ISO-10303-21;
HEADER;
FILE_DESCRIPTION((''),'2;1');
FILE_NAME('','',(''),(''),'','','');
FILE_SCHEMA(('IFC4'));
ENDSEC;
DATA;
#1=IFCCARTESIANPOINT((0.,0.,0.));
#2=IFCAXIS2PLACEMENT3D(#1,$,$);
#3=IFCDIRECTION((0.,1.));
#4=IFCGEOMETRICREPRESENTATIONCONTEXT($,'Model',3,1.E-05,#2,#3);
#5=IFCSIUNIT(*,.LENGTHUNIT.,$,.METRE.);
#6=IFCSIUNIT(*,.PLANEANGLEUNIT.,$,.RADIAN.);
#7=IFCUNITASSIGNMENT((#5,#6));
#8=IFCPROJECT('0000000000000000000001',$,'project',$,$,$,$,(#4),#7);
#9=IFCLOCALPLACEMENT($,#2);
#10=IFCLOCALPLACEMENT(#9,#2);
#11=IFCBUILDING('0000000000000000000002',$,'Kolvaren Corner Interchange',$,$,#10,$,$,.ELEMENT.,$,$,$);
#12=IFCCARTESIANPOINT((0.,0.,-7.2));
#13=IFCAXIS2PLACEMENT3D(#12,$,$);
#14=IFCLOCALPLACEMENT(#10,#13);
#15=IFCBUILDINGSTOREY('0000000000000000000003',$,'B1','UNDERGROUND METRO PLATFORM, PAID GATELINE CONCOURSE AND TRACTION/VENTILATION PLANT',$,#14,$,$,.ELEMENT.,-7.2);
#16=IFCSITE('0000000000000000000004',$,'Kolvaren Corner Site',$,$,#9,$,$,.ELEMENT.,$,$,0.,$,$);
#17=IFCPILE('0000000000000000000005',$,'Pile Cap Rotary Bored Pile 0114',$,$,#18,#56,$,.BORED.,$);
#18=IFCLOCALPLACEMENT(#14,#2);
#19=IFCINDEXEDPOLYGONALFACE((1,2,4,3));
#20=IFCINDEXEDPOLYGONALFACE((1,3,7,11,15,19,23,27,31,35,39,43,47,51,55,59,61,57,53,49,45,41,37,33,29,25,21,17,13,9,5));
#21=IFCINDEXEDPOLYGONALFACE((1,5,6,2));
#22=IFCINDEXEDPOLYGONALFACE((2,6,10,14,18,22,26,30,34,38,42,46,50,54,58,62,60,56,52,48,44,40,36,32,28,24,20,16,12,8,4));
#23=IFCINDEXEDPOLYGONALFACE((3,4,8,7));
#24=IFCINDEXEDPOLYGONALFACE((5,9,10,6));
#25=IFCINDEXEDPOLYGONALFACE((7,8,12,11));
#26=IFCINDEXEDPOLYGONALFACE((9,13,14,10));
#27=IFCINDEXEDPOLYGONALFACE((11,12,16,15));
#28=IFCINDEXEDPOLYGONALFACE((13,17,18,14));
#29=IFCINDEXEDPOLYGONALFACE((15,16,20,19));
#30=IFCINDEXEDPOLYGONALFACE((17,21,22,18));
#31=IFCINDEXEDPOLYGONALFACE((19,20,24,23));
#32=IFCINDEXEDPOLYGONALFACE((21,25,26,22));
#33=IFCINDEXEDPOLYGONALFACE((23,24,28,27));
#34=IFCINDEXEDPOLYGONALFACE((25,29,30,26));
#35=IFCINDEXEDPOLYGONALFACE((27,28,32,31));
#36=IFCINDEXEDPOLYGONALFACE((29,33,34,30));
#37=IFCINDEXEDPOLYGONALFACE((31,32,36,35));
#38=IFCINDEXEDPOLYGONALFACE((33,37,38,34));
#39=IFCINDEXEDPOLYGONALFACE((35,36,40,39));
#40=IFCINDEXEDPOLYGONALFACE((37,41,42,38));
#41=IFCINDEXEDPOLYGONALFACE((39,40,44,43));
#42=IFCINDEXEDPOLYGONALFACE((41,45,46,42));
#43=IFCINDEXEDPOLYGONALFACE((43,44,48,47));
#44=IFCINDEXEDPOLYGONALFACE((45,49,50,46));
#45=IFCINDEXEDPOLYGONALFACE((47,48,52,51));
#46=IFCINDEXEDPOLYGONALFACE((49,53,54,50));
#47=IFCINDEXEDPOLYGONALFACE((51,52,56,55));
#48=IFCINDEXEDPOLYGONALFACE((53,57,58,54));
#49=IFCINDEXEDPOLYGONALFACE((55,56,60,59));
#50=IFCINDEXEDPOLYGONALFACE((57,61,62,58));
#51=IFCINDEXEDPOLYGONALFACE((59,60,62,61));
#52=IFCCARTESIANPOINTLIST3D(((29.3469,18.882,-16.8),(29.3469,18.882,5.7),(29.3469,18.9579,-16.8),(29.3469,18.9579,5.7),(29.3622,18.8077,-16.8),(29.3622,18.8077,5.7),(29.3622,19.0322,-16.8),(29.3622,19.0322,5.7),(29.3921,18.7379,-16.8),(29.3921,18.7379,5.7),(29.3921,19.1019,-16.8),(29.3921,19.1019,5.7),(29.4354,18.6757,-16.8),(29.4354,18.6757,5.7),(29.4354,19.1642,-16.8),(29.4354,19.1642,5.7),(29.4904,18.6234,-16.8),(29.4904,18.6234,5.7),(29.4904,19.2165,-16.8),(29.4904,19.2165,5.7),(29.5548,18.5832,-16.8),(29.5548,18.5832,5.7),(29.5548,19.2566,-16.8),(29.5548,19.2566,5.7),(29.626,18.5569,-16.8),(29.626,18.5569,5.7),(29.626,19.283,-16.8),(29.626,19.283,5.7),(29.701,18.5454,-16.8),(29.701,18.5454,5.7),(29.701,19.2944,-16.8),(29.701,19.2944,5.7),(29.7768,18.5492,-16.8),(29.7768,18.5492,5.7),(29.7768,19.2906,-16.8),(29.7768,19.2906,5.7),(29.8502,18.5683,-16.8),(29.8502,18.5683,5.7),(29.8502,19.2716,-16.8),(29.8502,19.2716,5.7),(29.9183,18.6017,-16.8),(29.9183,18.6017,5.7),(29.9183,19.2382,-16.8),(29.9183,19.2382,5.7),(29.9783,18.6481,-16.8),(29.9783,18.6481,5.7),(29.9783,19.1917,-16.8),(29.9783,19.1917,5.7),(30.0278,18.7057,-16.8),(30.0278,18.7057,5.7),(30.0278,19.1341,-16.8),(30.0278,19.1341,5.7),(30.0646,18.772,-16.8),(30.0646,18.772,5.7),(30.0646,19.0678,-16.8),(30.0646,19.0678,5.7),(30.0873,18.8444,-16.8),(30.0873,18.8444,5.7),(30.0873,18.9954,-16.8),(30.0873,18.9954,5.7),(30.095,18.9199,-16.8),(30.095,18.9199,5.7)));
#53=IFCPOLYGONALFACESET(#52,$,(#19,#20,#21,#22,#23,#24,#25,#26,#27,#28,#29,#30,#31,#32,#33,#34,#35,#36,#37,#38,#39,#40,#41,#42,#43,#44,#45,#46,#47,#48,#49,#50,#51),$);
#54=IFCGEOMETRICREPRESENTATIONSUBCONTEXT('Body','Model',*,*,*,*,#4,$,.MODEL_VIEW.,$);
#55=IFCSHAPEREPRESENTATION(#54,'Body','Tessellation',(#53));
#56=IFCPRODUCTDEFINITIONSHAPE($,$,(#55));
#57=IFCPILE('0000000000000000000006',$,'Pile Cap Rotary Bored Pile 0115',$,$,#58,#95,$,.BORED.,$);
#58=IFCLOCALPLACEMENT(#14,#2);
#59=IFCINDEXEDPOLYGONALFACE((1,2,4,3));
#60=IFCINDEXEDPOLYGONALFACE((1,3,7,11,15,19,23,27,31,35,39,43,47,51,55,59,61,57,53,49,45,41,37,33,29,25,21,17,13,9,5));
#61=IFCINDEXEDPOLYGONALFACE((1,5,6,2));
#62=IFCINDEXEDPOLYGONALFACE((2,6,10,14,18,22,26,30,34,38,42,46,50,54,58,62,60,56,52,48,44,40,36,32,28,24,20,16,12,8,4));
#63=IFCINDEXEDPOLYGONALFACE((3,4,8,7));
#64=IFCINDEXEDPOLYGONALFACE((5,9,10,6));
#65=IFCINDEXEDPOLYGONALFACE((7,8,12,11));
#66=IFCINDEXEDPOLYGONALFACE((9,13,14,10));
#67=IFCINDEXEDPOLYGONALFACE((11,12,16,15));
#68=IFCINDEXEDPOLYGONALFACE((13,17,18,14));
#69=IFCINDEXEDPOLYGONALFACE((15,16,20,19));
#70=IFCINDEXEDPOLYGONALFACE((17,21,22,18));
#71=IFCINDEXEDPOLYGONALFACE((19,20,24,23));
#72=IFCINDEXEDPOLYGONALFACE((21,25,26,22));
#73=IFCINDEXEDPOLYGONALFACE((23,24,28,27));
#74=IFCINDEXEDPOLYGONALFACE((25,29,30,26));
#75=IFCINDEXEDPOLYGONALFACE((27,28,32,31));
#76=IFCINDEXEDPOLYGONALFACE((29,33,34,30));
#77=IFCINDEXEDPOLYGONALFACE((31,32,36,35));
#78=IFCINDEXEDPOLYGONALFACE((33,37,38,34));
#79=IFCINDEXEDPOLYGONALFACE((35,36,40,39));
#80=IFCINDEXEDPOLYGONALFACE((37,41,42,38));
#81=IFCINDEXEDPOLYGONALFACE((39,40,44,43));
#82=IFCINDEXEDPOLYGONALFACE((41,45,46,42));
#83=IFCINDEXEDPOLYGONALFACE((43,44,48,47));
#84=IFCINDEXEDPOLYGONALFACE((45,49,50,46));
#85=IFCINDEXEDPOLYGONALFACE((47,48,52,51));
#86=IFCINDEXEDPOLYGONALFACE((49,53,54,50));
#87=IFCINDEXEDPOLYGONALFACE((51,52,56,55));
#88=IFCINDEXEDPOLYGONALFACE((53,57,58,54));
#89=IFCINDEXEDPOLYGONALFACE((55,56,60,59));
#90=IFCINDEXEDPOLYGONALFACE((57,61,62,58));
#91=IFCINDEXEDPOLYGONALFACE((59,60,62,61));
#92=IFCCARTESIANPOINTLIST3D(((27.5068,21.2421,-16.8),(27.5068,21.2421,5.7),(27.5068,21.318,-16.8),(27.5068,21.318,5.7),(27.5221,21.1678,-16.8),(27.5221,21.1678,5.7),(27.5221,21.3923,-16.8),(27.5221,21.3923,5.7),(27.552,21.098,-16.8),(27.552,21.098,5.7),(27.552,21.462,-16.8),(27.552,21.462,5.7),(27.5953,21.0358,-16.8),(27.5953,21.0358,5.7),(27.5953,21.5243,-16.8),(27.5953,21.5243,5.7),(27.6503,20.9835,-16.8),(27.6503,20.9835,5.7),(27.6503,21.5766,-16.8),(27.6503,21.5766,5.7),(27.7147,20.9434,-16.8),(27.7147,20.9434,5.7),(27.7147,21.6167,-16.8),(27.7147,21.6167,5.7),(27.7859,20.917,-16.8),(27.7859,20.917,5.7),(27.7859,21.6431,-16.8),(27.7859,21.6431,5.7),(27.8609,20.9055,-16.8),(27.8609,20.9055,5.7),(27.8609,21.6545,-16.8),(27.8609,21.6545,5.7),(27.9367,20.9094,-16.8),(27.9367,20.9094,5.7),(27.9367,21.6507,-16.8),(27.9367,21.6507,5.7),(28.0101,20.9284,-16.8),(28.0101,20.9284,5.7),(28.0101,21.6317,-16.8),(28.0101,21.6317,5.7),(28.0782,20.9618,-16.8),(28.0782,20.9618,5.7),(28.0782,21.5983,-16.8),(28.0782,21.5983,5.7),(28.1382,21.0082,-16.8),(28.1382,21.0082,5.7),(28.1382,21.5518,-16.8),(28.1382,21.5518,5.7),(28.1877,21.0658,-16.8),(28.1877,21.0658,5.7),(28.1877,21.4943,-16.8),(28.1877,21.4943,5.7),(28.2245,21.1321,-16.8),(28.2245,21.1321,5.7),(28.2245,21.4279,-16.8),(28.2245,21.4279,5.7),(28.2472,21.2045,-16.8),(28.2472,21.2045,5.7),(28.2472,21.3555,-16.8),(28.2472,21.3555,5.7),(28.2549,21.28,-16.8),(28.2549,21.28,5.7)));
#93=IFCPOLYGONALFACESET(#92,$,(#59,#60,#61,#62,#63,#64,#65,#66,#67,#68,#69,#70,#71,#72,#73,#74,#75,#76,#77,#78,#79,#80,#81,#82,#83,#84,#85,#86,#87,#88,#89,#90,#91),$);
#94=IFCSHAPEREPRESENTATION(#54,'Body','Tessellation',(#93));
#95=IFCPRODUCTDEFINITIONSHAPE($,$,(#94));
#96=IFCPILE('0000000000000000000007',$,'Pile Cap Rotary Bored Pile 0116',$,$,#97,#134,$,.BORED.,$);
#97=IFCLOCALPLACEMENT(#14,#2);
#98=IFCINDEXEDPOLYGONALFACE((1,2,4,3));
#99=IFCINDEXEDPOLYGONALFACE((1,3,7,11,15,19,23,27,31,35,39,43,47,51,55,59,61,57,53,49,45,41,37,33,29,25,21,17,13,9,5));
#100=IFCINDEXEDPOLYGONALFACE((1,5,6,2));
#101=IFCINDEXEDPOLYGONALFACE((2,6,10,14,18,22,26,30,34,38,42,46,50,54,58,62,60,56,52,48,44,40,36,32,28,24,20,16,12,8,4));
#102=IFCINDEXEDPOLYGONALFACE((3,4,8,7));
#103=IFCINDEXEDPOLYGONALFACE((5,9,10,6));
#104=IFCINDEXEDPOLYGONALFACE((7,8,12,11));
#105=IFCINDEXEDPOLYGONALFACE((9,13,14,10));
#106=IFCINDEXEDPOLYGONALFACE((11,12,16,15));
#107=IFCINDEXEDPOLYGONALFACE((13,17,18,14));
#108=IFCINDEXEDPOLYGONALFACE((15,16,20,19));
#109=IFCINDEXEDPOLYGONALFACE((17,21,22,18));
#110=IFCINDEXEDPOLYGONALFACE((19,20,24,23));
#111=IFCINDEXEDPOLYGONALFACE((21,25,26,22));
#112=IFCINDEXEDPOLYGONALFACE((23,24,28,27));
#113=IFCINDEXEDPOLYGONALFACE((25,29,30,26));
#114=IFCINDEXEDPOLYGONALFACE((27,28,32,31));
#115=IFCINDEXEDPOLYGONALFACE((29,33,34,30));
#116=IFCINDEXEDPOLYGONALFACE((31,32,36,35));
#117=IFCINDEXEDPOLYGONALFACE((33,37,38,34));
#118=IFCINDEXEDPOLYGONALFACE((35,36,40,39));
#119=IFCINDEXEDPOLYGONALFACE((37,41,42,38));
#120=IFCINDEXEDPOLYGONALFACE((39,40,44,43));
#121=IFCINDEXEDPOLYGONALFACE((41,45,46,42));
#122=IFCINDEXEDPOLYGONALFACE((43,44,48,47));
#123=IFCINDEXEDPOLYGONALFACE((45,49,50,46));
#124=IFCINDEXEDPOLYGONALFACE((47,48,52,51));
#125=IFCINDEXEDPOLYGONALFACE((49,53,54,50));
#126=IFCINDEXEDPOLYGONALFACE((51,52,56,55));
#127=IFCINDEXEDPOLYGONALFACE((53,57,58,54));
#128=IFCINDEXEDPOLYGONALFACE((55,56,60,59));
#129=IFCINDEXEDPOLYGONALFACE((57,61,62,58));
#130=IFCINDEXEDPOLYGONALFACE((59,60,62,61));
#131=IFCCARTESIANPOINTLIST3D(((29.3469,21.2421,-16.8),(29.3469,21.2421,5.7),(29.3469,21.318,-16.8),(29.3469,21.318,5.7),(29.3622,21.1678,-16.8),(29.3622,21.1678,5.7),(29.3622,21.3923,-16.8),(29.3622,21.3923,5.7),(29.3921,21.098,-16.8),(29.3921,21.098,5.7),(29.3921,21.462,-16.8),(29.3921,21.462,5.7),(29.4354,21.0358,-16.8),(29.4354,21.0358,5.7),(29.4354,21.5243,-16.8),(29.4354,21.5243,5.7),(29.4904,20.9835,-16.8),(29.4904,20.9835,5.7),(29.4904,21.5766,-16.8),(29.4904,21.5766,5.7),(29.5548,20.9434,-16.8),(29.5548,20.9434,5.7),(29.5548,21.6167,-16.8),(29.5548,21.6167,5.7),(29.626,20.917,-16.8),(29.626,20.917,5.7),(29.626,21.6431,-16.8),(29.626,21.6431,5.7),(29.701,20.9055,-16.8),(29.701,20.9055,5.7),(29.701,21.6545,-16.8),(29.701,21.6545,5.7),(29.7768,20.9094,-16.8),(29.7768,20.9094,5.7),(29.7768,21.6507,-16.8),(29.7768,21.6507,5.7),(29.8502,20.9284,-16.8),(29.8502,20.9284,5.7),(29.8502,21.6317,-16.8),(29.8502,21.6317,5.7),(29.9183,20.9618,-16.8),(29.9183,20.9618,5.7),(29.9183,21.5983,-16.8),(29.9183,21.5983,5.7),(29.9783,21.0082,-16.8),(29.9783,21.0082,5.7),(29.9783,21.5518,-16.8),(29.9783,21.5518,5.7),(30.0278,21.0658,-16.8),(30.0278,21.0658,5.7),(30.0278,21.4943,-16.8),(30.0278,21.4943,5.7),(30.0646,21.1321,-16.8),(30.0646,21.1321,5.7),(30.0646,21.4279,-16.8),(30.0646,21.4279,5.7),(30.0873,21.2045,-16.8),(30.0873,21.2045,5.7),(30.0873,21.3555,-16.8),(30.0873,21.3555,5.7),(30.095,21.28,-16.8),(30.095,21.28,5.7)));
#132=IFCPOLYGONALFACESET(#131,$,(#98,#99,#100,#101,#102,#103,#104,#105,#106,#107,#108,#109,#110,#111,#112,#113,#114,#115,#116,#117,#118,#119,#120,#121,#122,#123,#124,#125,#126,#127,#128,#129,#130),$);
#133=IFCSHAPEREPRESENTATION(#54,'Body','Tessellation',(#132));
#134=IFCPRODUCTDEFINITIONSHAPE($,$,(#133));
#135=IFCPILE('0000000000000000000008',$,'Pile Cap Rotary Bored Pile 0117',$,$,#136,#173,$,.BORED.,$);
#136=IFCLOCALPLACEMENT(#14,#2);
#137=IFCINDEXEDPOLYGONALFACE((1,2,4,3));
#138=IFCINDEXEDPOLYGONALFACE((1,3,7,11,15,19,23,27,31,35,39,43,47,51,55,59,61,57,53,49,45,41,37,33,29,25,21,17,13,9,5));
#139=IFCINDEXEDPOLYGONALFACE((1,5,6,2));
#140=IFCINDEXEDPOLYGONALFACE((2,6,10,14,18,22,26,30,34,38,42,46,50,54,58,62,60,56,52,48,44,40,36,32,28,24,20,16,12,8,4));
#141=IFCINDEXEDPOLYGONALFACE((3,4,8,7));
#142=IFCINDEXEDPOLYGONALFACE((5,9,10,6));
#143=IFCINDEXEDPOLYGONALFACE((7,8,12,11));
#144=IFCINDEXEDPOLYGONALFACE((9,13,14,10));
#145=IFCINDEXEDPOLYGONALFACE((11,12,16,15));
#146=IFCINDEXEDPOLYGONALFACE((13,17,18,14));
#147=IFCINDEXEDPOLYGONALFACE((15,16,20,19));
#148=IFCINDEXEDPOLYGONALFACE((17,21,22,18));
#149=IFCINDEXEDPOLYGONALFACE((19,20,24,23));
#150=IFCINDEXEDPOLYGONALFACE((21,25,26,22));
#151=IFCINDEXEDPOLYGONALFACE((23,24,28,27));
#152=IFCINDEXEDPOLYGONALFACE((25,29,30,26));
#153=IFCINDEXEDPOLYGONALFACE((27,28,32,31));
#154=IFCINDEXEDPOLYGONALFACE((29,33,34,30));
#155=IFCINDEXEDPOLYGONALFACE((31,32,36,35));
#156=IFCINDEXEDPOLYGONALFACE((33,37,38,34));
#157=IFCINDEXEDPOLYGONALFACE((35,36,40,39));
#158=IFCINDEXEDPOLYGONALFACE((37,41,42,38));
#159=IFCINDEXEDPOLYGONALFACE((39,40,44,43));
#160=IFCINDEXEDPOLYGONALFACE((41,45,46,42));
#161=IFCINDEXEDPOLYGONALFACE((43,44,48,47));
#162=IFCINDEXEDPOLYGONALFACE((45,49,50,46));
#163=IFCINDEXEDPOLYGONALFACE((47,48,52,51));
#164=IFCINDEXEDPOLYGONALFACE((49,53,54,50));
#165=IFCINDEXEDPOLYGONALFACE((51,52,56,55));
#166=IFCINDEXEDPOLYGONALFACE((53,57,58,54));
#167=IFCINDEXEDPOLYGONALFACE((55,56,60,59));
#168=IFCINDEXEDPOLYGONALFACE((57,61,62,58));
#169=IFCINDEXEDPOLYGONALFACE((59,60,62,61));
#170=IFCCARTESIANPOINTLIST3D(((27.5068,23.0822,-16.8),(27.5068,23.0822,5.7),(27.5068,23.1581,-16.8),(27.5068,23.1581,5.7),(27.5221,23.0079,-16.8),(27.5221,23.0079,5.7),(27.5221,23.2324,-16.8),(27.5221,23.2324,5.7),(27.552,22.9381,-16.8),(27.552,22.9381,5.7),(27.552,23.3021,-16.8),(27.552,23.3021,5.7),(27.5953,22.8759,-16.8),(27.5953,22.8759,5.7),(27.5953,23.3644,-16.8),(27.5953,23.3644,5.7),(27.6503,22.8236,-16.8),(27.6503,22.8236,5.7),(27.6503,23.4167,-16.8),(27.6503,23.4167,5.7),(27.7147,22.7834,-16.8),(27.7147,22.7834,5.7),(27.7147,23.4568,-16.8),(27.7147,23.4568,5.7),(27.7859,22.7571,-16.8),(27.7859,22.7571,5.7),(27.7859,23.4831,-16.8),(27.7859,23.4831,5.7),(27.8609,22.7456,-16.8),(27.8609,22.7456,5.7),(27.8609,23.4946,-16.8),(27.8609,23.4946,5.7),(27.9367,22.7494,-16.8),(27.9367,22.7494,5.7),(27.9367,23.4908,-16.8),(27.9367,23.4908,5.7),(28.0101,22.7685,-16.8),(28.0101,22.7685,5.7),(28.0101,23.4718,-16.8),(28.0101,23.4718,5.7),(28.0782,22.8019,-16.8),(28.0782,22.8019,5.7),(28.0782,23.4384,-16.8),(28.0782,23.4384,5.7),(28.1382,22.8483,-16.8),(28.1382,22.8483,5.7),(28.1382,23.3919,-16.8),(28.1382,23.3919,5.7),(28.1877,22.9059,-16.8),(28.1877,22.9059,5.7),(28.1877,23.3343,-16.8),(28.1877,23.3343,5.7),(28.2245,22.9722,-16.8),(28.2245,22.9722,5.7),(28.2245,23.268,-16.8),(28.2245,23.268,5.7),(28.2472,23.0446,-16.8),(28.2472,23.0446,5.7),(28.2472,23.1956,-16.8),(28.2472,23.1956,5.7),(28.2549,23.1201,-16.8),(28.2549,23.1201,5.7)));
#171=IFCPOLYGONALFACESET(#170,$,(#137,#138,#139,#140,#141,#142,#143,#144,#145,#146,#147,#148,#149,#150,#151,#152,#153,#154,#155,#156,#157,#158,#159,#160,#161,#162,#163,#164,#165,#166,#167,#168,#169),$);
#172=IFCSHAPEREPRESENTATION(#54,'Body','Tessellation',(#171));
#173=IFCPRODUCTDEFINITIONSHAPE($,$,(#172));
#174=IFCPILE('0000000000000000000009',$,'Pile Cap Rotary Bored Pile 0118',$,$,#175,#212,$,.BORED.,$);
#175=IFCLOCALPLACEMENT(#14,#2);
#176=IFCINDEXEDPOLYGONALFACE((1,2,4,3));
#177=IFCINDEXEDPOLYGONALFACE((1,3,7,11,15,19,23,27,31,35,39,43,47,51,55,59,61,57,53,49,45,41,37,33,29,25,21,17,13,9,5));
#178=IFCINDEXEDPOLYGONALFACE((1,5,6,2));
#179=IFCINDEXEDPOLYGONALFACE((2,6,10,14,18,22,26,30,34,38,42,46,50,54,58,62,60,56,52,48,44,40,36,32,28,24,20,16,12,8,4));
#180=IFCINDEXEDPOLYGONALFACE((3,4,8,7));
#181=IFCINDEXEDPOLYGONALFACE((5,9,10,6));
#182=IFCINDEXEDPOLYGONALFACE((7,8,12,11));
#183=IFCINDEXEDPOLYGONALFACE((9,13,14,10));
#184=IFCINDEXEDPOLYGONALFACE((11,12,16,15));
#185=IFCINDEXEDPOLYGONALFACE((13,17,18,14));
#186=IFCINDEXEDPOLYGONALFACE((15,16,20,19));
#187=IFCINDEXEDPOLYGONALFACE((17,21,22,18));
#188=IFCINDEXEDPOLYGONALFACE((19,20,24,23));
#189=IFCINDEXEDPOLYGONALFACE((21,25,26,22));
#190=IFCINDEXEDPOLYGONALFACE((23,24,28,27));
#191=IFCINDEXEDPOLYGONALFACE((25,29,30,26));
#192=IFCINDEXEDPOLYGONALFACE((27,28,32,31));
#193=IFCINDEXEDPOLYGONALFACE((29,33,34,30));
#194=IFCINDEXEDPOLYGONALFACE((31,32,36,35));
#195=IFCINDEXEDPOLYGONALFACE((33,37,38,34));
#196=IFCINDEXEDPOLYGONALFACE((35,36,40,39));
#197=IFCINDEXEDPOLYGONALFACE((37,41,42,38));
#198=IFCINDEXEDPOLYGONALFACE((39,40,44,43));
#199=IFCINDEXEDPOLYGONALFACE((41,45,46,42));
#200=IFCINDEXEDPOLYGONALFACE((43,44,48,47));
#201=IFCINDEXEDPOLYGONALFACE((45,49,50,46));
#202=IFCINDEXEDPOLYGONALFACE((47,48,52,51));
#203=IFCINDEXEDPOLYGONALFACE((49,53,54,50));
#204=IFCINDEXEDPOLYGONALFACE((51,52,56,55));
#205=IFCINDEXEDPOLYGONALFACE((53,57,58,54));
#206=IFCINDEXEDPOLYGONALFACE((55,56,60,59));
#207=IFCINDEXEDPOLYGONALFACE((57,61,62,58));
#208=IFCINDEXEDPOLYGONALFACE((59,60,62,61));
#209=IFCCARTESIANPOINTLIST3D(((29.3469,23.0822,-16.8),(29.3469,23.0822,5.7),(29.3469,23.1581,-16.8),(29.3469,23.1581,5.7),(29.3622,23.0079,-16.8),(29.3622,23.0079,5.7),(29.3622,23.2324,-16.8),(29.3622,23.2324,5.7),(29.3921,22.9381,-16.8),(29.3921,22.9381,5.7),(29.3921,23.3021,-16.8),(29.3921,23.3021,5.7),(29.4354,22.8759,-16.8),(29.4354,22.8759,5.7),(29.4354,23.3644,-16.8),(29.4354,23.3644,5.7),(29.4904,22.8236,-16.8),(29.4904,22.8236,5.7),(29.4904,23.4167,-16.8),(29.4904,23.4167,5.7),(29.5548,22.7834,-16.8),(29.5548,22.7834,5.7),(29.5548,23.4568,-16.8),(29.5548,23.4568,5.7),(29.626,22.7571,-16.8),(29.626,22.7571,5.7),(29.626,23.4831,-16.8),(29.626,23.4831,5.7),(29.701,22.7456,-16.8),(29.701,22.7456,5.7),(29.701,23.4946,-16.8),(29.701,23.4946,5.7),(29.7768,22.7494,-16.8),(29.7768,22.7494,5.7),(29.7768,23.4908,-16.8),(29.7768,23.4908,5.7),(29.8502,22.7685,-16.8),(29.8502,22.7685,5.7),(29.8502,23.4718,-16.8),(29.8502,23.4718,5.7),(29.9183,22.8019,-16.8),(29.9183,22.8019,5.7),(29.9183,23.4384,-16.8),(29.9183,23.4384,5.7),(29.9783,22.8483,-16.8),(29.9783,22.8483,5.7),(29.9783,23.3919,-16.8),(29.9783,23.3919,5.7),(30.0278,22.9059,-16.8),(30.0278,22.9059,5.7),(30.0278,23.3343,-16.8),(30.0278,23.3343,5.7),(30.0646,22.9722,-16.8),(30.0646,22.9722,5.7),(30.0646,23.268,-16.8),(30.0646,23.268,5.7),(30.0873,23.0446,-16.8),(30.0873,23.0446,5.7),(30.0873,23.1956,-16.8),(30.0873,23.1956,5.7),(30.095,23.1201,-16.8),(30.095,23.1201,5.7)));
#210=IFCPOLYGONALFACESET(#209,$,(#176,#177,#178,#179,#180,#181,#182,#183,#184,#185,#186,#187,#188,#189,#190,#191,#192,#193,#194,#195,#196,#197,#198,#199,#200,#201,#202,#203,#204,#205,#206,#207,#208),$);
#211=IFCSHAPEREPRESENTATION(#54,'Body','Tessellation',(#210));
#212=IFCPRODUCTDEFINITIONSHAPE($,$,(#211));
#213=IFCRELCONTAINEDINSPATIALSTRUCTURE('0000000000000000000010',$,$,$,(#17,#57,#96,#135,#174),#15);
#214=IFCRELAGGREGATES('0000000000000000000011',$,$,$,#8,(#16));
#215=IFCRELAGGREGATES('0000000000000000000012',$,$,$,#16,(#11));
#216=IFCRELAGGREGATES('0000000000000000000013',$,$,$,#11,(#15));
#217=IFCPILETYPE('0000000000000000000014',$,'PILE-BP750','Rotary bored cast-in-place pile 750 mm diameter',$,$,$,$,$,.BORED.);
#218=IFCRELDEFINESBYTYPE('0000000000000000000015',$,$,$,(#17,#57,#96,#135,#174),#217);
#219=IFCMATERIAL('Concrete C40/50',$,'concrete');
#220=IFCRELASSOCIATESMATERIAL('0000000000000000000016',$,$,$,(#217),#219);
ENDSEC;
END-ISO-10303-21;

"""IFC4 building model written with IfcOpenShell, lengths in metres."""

from ifc_helpers import new_model, si_unit, direction, frame, origin, origin_2d, place, context, subcontext, project, spatial, circle, extrude, material, material_profile, profile_set, type_object, element, save


model = new_model("IFC4")

# Units and contexts
model_context = context("Model", 3, precision=1e-05, world=origin(), true_north=direction((0.0, 1.0)))
body_context = subcontext(model_context, "Body", "Model", "MODEL_VIEW")
ifc_project = project(units=[si_unit("LENGTHUNIT", "METRE"), si_unit("PLANEANGLEUNIT", "RADIAN")], contexts=[model_context])

# Site, building, storey
site_placement = place(None, origin())
site = spatial("IfcSite", under=ifc_project, at=site_placement, Name="Kolvaren Corner Site", CompositionType="ELEMENT", RefElevation=0.0)
building_placement = place(site_placement, origin())
building = spatial("IfcBuilding", under=site, at=building_placement, Name="Kolvaren Corner Interchange", CompositionType="ELEMENT")
storey_placement = place(building_placement, frame((0.0, 0.0, -7.2)))
storey = spatial("IfcBuildingStorey", under=building, at=storey_placement, Name="B1", Description="UNDERGROUND METRO PLATFORM, PAID GATELINE CONCOURSE AND TRACTION/VENTILATION PLANT", CompositionType="ELEMENT", Elevation=-7.2)

# Piles
ifc_material_1 = material(Name="Concrete C40/50", Category="concrete")
ifc_material_profile_1 = material_profile(ifc_material_1, circle(Radius=0.375, at=origin_2d()), Name="BORED PILE 750")
ifc_profile_set_1 = profile_set([ifc_material_profile_1], Name="Concrete C40/50")
pile_type_1 = type_object("IfcPileType", Name="PILE-BP750", Description="Rotary bored cast-in-place pile 750 mm diameter", PredefinedType="BORED", material=ifc_profile_set_1)
for number, where, z_axis, x_axis, name in (
    (1, (29.72, 18.9199, 5.7), (0.0, 0.0, -1.0), (1.0, 0.0, 0.0), "Pile Cap Rotary Bored Pile 0114"),
    (2, (27.8799, 21.28, 5.7), (0.0, 0.0, -1.0), (1.0, 0.0, 0.0), "Pile Cap Rotary Bored Pile 0115"),
    (3, (29.72, 21.28, 5.7), (0.0, 0.0, -1.0), (1.0, 0.0, 0.0), "Pile Cap Rotary Bored Pile 0116"),
    (4, (27.8799, 23.1201, 5.7), (0.0, 0.0, -1.0), (1.0, 0.0, 0.0), "Pile Cap Rotary Bored Pile 0117"),
    (5, (29.72, 23.1201, 5.7), (0.0, 0.0, -1.0), (1.0, 0.0, 0.0), "Pile Cap Rotary Bored Pile 0118"),
):
    element("IfcPile", number, at=place(storey_placement, frame(where, z_axis=z_axis, x_axis=x_axis)), inside=storey, type_object=pile_type_1, Name=name, PredefinedType="BORED", context=body_context, shape_type="SweptSolid", body=[
        extrude(circle(Radius=0.375, at=origin_2d()), origin(), (0.0, 0.0, 1.0), 22.5),
    ])

save(model, "model.ifc")
